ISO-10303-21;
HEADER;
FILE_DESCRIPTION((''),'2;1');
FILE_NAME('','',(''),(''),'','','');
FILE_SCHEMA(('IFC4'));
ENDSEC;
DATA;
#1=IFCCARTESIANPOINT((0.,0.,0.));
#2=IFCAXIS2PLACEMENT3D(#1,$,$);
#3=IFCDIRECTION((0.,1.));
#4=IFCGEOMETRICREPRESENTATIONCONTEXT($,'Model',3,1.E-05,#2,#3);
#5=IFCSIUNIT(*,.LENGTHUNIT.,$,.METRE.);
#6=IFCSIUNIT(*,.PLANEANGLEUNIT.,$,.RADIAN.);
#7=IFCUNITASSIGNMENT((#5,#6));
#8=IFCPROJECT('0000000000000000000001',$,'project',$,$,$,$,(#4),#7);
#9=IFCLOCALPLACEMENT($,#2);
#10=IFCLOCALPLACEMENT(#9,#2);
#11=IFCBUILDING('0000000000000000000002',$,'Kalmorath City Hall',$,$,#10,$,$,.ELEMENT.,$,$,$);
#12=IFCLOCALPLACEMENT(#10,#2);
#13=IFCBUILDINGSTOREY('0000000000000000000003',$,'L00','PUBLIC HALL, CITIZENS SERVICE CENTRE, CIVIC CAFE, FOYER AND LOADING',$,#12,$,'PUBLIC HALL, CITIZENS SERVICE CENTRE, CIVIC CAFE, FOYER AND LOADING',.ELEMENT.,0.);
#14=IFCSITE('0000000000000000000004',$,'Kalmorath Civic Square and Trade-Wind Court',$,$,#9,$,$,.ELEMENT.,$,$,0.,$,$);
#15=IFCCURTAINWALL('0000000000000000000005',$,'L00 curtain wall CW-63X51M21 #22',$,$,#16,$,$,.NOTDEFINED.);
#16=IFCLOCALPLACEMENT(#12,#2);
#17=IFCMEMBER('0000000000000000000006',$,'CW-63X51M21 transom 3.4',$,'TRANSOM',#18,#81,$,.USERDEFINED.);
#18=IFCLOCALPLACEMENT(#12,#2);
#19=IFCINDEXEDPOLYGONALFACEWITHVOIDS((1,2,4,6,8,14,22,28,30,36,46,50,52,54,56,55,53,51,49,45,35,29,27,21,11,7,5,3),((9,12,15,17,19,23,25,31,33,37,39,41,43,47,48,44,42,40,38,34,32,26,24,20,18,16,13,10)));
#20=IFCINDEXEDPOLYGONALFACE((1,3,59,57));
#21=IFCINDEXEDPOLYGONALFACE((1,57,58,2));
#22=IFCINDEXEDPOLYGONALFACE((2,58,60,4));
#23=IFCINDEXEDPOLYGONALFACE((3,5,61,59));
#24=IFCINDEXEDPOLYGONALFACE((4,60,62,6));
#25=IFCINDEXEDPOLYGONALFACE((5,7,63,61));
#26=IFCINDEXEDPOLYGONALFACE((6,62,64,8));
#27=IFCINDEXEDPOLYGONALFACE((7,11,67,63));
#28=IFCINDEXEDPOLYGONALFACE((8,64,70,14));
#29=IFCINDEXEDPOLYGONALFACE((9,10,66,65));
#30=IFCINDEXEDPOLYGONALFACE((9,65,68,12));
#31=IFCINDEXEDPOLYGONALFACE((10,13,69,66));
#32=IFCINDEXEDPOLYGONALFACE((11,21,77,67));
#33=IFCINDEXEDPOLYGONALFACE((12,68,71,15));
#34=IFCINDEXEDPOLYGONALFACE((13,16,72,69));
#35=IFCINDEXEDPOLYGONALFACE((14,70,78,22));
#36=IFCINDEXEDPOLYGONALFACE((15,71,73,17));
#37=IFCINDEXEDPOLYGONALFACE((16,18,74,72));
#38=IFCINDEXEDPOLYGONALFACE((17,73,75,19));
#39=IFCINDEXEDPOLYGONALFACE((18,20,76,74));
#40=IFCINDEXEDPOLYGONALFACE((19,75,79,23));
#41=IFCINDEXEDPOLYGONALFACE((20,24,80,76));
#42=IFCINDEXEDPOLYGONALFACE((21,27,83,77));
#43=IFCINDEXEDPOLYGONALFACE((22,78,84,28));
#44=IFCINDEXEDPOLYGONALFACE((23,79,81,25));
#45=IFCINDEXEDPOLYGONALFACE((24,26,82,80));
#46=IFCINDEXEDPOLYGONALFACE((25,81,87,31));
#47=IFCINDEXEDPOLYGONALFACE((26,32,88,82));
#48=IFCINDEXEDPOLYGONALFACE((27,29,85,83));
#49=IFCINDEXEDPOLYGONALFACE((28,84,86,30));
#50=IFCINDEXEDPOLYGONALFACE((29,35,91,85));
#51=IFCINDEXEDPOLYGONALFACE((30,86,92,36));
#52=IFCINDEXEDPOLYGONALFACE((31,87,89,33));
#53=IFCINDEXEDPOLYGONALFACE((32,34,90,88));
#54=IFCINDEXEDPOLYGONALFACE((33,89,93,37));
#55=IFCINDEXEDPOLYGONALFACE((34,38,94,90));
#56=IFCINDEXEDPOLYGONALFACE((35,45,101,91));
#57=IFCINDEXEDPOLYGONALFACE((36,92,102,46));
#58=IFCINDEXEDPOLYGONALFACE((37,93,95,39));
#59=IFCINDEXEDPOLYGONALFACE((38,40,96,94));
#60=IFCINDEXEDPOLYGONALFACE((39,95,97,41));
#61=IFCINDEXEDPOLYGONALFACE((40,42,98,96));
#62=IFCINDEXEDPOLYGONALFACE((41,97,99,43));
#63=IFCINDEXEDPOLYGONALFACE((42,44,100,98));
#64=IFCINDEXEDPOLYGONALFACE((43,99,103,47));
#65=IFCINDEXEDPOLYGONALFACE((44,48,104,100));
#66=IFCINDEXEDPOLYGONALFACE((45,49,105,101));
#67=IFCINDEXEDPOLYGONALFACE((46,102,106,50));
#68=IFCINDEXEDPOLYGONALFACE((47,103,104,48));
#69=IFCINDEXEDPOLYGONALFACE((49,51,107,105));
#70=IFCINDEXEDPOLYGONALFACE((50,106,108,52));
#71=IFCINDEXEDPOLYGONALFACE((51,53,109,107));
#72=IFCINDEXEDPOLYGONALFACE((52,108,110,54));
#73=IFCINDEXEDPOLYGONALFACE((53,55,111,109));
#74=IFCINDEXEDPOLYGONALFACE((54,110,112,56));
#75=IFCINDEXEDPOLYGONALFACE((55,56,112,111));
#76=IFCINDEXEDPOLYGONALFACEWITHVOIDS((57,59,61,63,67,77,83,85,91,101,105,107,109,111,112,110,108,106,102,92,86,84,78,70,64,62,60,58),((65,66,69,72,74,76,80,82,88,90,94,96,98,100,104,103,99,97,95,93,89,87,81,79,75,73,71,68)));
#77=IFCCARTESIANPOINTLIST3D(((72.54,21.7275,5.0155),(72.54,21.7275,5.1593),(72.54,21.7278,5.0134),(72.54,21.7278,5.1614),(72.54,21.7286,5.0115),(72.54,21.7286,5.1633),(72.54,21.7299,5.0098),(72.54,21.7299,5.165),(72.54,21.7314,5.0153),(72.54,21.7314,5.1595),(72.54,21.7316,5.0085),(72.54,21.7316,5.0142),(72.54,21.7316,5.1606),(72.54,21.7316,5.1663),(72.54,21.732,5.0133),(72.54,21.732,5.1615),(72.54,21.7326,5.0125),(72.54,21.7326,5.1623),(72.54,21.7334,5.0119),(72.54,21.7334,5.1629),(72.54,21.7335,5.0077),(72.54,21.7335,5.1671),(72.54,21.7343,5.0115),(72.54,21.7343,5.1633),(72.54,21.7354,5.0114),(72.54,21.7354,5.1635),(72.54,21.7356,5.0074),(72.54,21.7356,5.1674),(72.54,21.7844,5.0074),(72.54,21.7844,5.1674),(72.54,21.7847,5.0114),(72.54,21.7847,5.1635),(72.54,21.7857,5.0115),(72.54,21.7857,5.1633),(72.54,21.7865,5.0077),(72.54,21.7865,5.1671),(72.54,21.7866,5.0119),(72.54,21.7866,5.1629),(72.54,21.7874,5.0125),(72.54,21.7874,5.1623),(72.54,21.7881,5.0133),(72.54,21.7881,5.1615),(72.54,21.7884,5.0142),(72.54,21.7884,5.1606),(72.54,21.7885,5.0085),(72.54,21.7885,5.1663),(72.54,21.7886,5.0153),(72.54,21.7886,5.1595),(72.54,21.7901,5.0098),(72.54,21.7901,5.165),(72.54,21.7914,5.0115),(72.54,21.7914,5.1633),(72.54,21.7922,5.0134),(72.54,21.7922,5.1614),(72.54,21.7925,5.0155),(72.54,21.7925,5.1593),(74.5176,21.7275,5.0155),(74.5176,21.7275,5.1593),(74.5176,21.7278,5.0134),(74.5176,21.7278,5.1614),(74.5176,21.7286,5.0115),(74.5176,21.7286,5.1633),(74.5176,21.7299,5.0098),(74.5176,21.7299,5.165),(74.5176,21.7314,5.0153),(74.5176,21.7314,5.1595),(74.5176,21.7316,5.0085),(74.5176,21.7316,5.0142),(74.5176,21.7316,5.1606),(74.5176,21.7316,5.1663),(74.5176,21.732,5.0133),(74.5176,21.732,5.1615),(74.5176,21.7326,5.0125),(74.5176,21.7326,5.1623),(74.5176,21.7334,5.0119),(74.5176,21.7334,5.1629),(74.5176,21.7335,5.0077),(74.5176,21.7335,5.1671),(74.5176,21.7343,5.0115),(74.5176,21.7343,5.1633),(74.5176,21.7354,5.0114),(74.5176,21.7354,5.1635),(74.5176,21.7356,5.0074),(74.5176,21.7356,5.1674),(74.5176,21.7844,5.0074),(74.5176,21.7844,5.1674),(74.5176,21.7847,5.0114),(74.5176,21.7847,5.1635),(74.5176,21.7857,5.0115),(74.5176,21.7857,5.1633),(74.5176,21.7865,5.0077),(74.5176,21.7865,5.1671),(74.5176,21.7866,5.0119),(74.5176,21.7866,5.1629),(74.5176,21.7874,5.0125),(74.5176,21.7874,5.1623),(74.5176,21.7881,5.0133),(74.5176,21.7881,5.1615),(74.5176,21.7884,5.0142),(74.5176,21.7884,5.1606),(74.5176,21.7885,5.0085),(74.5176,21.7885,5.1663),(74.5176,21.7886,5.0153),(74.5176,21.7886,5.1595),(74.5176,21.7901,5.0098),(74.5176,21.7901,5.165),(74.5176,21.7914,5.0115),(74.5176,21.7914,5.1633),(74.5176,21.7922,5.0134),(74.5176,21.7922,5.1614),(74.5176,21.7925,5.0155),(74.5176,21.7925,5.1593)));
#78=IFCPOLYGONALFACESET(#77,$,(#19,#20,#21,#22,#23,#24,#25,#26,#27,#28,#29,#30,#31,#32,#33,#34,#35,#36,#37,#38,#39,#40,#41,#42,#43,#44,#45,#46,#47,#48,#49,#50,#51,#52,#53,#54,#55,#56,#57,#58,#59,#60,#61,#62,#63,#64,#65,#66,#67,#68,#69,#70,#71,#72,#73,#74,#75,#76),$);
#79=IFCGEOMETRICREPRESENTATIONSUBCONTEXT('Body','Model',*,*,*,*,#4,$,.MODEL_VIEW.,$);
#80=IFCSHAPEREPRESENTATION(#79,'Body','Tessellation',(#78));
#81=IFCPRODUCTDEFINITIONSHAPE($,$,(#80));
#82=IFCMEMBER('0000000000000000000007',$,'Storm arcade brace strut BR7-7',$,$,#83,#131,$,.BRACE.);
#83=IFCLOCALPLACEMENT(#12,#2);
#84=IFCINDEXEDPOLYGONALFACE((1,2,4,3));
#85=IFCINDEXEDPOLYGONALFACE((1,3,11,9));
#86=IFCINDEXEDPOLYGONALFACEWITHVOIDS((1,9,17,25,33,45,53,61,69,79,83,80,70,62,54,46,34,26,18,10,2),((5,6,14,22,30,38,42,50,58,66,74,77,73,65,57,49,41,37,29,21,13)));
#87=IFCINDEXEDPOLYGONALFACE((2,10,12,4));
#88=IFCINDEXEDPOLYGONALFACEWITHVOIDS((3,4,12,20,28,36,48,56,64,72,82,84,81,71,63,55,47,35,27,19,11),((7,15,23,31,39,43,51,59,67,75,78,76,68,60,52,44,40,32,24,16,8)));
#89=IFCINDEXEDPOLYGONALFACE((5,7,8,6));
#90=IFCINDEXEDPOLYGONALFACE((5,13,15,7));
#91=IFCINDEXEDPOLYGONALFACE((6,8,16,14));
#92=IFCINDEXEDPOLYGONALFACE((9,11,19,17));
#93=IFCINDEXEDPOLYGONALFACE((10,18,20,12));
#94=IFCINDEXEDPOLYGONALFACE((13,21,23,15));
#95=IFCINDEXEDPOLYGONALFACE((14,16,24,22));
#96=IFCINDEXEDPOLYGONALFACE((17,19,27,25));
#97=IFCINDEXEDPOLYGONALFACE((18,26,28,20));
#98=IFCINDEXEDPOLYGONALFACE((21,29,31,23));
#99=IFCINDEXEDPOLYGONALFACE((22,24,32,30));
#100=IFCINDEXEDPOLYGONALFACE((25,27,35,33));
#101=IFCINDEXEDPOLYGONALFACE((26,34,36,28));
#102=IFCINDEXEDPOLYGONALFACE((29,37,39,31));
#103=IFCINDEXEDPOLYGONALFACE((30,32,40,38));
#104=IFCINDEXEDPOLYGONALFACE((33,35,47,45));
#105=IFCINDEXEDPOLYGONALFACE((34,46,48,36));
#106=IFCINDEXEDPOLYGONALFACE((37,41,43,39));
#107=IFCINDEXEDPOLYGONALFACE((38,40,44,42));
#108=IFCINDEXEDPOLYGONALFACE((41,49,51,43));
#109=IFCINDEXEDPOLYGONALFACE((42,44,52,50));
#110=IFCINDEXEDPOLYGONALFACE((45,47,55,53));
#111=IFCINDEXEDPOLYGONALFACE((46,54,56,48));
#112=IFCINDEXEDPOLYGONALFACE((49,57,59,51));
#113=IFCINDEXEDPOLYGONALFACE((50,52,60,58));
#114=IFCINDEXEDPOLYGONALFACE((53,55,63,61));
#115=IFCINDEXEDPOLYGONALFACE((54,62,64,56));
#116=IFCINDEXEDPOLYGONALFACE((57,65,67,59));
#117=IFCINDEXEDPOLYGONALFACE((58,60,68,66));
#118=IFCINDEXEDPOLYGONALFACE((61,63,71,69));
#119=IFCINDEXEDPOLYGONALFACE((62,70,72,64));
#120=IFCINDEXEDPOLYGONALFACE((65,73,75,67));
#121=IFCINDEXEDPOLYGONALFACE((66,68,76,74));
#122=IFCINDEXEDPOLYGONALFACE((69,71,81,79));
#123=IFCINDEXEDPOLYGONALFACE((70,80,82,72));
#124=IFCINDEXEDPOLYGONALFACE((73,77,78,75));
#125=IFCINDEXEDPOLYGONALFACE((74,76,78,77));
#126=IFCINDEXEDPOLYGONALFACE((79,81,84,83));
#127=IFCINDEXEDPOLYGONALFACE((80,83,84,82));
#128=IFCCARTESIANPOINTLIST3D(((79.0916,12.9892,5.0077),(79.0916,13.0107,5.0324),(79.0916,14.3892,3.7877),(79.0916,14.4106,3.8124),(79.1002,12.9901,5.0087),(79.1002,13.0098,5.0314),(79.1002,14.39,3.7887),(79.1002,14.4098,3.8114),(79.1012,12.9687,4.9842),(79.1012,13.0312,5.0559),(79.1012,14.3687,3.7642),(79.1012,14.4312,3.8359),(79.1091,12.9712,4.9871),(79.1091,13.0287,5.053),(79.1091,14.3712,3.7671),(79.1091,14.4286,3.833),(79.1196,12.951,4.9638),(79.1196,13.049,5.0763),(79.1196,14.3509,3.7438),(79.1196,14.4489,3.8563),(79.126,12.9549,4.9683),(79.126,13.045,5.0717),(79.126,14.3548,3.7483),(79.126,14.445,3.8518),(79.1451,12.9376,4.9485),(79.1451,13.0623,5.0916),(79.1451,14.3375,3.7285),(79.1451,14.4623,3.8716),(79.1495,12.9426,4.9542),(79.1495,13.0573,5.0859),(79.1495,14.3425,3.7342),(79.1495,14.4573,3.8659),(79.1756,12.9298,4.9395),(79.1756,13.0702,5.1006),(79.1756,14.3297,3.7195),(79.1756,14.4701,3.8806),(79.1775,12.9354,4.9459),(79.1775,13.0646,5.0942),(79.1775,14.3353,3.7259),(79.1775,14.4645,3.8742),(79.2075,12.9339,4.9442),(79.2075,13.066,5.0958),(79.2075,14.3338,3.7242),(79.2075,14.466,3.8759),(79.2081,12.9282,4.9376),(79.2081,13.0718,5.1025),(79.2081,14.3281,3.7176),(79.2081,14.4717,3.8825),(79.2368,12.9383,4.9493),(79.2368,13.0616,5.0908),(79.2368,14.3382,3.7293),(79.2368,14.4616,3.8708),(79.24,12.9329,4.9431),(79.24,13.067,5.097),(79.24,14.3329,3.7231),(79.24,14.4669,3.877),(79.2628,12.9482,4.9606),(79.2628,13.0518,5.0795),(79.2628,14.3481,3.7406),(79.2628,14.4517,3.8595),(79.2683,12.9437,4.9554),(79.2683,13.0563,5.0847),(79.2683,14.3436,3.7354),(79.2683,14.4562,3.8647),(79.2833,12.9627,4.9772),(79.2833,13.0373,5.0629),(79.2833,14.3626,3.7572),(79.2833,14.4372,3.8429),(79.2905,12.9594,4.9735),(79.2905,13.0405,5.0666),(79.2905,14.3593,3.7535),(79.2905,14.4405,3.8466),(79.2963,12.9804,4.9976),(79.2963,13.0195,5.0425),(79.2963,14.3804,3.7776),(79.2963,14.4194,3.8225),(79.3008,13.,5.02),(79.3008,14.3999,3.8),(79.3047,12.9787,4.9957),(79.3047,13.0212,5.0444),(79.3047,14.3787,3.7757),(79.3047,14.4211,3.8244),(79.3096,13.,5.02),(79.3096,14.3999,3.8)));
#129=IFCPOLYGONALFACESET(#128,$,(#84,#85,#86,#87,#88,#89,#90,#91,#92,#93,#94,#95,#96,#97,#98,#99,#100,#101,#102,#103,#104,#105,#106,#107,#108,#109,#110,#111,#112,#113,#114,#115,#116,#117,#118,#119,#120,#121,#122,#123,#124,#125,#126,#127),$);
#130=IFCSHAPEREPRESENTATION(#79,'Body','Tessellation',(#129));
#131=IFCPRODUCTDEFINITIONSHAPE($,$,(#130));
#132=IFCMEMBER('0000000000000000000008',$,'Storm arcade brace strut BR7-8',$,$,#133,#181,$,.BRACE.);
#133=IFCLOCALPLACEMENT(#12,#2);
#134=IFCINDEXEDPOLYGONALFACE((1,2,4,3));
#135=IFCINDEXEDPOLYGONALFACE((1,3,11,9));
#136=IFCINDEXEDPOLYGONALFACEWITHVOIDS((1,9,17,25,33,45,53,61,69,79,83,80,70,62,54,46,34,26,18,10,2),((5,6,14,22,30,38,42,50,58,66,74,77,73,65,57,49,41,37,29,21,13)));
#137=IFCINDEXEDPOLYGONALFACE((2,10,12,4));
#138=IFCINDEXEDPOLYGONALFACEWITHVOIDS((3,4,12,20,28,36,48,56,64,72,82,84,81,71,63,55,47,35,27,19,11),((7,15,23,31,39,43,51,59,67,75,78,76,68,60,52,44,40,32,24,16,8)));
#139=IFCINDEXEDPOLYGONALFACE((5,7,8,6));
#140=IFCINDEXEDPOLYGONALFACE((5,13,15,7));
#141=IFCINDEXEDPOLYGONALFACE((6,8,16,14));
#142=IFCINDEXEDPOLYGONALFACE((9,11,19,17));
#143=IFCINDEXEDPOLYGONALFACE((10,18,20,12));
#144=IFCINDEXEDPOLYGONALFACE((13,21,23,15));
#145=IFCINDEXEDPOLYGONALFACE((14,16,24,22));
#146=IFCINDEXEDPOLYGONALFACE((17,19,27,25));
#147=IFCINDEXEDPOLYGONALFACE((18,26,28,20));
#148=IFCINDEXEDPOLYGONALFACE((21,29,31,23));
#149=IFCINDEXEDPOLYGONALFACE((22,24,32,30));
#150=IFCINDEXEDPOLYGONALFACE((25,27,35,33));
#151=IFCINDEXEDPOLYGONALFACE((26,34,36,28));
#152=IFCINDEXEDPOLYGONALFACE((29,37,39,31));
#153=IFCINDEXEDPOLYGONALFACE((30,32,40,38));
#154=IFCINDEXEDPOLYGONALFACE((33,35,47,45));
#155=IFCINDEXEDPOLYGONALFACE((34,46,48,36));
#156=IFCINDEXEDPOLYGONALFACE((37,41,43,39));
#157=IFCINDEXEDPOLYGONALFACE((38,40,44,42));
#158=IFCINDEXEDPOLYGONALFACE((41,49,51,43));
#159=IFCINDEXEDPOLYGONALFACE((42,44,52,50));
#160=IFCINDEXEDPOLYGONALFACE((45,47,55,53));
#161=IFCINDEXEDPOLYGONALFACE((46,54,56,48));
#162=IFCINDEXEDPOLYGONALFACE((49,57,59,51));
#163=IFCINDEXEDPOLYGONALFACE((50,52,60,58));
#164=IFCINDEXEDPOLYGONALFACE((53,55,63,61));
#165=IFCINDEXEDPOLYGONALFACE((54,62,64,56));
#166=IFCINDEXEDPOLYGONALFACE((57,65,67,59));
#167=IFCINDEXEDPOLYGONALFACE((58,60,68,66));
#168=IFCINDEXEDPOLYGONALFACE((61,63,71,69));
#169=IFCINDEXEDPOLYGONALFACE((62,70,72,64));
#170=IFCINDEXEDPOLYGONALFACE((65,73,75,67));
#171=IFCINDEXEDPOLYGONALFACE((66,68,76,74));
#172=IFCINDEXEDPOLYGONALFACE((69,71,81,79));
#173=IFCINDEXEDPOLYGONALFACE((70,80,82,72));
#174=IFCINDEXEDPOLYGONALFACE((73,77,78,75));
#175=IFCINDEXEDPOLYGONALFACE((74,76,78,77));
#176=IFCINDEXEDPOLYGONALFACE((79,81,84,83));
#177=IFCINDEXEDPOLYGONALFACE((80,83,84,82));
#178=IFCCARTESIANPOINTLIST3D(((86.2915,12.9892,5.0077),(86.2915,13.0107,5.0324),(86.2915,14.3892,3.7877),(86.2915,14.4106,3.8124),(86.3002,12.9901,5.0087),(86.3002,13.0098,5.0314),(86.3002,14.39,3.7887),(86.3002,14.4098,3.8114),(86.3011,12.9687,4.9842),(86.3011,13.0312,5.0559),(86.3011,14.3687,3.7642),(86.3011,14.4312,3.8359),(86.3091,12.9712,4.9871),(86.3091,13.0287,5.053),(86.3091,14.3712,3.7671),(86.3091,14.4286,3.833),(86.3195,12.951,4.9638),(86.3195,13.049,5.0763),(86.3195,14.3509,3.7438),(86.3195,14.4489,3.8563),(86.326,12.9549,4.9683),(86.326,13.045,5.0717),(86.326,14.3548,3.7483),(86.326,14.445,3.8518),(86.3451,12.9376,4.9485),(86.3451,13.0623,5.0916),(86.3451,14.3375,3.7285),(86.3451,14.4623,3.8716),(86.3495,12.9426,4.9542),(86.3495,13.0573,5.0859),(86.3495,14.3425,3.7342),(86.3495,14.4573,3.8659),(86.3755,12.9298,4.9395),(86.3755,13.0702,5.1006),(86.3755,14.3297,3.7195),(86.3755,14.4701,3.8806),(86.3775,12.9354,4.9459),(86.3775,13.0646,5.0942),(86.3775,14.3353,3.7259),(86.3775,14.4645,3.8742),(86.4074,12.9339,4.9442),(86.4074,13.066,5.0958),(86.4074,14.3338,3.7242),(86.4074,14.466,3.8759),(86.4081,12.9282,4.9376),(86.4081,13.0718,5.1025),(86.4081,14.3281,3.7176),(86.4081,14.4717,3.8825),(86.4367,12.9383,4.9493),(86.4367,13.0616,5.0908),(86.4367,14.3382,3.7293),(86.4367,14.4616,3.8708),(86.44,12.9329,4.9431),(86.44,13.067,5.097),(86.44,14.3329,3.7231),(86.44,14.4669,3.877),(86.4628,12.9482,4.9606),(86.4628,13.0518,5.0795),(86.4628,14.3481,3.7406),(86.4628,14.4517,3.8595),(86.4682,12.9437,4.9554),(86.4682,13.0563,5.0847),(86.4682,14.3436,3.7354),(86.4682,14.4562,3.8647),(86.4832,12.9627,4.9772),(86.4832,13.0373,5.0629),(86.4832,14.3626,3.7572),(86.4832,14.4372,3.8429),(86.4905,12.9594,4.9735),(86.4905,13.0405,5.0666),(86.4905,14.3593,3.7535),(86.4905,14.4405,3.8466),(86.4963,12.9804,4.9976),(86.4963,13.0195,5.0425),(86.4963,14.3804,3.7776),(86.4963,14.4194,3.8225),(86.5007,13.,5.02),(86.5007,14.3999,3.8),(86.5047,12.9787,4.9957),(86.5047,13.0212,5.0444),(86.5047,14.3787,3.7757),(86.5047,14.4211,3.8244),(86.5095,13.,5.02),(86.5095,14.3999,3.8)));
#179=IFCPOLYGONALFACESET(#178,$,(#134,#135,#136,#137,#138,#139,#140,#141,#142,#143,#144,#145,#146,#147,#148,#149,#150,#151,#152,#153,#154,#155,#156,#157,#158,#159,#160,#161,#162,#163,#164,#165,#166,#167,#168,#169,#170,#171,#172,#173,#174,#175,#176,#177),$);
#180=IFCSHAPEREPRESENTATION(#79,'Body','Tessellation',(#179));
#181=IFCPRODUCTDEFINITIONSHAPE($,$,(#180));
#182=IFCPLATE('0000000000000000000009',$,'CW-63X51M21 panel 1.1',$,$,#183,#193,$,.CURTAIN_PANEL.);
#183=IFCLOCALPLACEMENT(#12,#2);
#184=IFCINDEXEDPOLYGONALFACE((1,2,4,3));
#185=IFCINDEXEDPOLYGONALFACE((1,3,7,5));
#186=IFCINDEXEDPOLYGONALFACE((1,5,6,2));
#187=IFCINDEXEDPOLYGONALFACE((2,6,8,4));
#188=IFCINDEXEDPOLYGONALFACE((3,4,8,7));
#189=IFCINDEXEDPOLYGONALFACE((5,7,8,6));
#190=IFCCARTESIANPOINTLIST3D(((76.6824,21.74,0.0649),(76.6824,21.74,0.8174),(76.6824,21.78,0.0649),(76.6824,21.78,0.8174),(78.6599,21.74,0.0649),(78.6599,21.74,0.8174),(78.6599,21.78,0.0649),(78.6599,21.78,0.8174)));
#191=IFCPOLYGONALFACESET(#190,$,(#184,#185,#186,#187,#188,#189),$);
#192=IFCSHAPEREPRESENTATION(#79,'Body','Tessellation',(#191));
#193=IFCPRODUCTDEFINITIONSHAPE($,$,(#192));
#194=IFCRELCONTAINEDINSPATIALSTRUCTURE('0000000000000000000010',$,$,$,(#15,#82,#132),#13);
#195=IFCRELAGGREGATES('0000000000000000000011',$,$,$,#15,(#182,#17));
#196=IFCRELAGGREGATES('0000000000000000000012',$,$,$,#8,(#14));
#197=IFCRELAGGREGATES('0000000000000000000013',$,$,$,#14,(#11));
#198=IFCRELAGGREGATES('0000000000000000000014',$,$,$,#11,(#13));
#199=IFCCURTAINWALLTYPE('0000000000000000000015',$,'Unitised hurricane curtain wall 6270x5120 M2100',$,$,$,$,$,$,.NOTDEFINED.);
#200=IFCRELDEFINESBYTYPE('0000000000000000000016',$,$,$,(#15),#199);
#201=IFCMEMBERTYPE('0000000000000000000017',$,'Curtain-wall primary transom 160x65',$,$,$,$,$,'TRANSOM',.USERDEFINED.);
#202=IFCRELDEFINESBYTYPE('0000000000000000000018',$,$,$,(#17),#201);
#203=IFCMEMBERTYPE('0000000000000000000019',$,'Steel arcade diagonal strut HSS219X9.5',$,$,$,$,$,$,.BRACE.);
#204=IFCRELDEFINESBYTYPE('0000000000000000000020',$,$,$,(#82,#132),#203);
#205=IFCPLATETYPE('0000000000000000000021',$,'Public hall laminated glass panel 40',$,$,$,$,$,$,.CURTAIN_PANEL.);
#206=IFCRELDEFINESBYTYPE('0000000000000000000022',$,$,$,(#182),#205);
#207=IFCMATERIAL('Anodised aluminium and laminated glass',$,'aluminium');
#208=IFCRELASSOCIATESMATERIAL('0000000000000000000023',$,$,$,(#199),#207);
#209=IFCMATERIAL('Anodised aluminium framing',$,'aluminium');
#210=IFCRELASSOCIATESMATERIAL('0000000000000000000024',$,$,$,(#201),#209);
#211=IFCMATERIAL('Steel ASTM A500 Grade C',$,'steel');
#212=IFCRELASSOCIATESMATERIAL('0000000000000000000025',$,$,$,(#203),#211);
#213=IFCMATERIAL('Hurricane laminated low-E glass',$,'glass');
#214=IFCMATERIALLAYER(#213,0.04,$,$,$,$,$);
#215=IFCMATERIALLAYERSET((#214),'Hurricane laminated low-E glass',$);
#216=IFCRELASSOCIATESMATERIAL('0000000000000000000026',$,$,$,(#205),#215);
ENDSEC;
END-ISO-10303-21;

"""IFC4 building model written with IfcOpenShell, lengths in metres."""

from ifc_helpers import new_model, si_unit, direction, frame, origin, origin_2d, place, context, subcontext, project, spatial, rectangle, hollow_rectangle, hollow_circle, extrude, material, layer, layer_set, material_profile, profile_set, type_object, element, aggregate, save


model = new_model("IFC4")

# Units and contexts
model_context = context("Model", 3, precision=1e-05, world=origin(), true_north=direction((0.0, 1.0)))
body_context = subcontext(model_context, "Body", "Model", "MODEL_VIEW")
ifc_project = project(units=[si_unit("LENGTHUNIT", "METRE"), si_unit("PLANEANGLEUNIT", "RADIAN")], contexts=[model_context])

# Site, building, storey
site_placement = place(None, origin())
site = spatial("IfcSite", under=ifc_project, at=site_placement, Name="Kalmorath Civic Square and Trade-Wind Court", CompositionType="ELEMENT", RefElevation=0.0)
building_placement = place(site_placement, origin())
building = spatial("IfcBuilding", under=site, at=building_placement, Name="Kalmorath City Hall", CompositionType="ELEMENT")
storey_placement = place(building_placement, origin())
storey = spatial("IfcBuildingStorey", under=building, at=storey_placement, Name="L00", Description="PUBLIC HALL, CITIZENS SERVICE CENTRE, CIVIC CAFE, FOYER AND LOADING", LongName="PUBLIC HALL, CITIZENS SERVICE CENTRE, CIVIC CAFE, FOYER AND LOADING", CompositionType="ELEMENT", Elevation=0.0)

# Curtain wall, member
ifc_material_1 = material(Name="Anodised aluminium and laminated glass", Category="aluminium")
curtain_wall_type = type_object("IfcCurtainWallType", Name="Unitised hurricane curtain wall 6270x5120 M2100", PredefinedType="NOTDEFINED", material=ifc_material_1)
curtain_wall_placement = place(storey_placement, origin())
curtain_wall = element("IfcCurtainWall", 1, at=curtain_wall_placement, inside=storey, type_object=curtain_wall_type, Name="L00 curtain wall CW-63X51M21 #22", PredefinedType="NOTDEFINED")
ifc_material_2 = material(Name="Anodised aluminium framing", Category="aluminium")
ifc_material_profile_1 = material_profile(ifc_material_2, hollow_rectangle(XDim=0.0649, YDim=0.1599, WallThickness=0.0039, InnerFilletRadius=0.0039, OuterFilletRadius=0.0081, at=origin_2d()), Name="ALU-TRN-160X65X4")
ifc_profile_set_1 = profile_set([ifc_material_profile_1], Name="Anodised aluminium framing")
member_type_1 = type_object("IfcMemberType", Name="Curtain-wall primary transom 160x65", ElementType="TRANSOM", PredefinedType="USERDEFINED", material=ifc_profile_set_1)
member_1_placement = place(storey_placement, frame((74.5176, 21.76, 5.0874), z_axis=(-1.0, 0.0, 0.0), x_axis=(0.0, -1.0, 0.0)))
member_1 = element("IfcMember", 2, at=member_1_placement, type_object=member_type_1, Name="CW-63X51M21 transom 3.4", ObjectType="TRANSOM", PredefinedType="USERDEFINED", context=body_context, shape_type="SweptSolid", body=[
    extrude(hollow_rectangle(XDim=0.0649, YDim=0.1599, WallThickness=0.0039, InnerFilletRadius=0.0039, OuterFilletRadius=0.0081, at=origin_2d()), origin(), (0.0, 0.0, 1.0), 1.9775),
])

# Members
ifc_material_3 = material(Name="Steel ASTM A500 Grade C", Category="steel")
ifc_material_profile_2 = material_profile(ifc_material_3, hollow_circle(Radius=0.1096, WallThickness=0.0088, at=origin_2d()), Name="HSS219X9.5")
ifc_profile_set_2 = profile_set([ifc_material_profile_2], Name="Steel ASTM A500 Grade C")
member_type_2 = type_object("IfcMemberType", Name="Steel arcade diagonal strut HSS219X9.5", PredefinedType="BRACE", material=ifc_profile_set_2)
for number, where, z_axis, x_axis, name in (
    (3, (79.2, 14.3999, 3.8), (0.0, -0.753895, 0.656995), (1.0, 0.0, 0.0), "Storm arcade brace strut BR7-7"),
    (4, (86.3999, 14.3999, 3.8), (0.0, -0.753895, 0.656995), (1.0, 0.0, 0.0), "Storm arcade brace strut BR7-8"),
):
    element("IfcMember", number, at=place(storey_placement, frame(where, z_axis=z_axis, x_axis=x_axis)), inside=storey, type_object=member_type_2, Name=name, PredefinedType="BRACE", context=body_context, shape_type="SweptSolid", body=[
        extrude(hollow_circle(Radius=0.1096, WallThickness=0.0088, at=origin_2d()), origin(), (0.0, 0.0, 1.0), 1.8569),
    ])

# Plate
ifc_material_4 = material(Name="Hurricane laminated low-E glass", Category="glass")
ifc_layer_1 = layer(ifc_material_4, 0.04)
ifc_layer_set_1 = layer_set([ifc_layer_1], Name="Hurricane laminated low-E glass")
plate_type_1 = type_object("IfcPlateType", Name="Public hall laminated glass panel 40", PredefinedType="CURTAIN_PANEL", material=ifc_layer_set_1)
plate_1_placement = place(storey_placement, frame((77.6711, 21.76, 0.0649), z_axis=(0.0, 0.0, 1.0), x_axis=(-1.0, 0.0, 0.0)))
plate_1 = element("IfcPlate", 5, at=plate_1_placement, type_object=plate_type_1, Name="CW-63X51M21 panel 1.1", PredefinedType="CURTAIN_PANEL", context=body_context, shape_type="SweptSolid", body=[
    extrude(rectangle(XDim=1.9775, YDim=0.04, at=origin_2d()), origin(), (0.0, 0.0, 1.0), 0.7524),
])
aggregate(curtain_wall, [plate_1, member_1])

save(model, "model.ifc")
